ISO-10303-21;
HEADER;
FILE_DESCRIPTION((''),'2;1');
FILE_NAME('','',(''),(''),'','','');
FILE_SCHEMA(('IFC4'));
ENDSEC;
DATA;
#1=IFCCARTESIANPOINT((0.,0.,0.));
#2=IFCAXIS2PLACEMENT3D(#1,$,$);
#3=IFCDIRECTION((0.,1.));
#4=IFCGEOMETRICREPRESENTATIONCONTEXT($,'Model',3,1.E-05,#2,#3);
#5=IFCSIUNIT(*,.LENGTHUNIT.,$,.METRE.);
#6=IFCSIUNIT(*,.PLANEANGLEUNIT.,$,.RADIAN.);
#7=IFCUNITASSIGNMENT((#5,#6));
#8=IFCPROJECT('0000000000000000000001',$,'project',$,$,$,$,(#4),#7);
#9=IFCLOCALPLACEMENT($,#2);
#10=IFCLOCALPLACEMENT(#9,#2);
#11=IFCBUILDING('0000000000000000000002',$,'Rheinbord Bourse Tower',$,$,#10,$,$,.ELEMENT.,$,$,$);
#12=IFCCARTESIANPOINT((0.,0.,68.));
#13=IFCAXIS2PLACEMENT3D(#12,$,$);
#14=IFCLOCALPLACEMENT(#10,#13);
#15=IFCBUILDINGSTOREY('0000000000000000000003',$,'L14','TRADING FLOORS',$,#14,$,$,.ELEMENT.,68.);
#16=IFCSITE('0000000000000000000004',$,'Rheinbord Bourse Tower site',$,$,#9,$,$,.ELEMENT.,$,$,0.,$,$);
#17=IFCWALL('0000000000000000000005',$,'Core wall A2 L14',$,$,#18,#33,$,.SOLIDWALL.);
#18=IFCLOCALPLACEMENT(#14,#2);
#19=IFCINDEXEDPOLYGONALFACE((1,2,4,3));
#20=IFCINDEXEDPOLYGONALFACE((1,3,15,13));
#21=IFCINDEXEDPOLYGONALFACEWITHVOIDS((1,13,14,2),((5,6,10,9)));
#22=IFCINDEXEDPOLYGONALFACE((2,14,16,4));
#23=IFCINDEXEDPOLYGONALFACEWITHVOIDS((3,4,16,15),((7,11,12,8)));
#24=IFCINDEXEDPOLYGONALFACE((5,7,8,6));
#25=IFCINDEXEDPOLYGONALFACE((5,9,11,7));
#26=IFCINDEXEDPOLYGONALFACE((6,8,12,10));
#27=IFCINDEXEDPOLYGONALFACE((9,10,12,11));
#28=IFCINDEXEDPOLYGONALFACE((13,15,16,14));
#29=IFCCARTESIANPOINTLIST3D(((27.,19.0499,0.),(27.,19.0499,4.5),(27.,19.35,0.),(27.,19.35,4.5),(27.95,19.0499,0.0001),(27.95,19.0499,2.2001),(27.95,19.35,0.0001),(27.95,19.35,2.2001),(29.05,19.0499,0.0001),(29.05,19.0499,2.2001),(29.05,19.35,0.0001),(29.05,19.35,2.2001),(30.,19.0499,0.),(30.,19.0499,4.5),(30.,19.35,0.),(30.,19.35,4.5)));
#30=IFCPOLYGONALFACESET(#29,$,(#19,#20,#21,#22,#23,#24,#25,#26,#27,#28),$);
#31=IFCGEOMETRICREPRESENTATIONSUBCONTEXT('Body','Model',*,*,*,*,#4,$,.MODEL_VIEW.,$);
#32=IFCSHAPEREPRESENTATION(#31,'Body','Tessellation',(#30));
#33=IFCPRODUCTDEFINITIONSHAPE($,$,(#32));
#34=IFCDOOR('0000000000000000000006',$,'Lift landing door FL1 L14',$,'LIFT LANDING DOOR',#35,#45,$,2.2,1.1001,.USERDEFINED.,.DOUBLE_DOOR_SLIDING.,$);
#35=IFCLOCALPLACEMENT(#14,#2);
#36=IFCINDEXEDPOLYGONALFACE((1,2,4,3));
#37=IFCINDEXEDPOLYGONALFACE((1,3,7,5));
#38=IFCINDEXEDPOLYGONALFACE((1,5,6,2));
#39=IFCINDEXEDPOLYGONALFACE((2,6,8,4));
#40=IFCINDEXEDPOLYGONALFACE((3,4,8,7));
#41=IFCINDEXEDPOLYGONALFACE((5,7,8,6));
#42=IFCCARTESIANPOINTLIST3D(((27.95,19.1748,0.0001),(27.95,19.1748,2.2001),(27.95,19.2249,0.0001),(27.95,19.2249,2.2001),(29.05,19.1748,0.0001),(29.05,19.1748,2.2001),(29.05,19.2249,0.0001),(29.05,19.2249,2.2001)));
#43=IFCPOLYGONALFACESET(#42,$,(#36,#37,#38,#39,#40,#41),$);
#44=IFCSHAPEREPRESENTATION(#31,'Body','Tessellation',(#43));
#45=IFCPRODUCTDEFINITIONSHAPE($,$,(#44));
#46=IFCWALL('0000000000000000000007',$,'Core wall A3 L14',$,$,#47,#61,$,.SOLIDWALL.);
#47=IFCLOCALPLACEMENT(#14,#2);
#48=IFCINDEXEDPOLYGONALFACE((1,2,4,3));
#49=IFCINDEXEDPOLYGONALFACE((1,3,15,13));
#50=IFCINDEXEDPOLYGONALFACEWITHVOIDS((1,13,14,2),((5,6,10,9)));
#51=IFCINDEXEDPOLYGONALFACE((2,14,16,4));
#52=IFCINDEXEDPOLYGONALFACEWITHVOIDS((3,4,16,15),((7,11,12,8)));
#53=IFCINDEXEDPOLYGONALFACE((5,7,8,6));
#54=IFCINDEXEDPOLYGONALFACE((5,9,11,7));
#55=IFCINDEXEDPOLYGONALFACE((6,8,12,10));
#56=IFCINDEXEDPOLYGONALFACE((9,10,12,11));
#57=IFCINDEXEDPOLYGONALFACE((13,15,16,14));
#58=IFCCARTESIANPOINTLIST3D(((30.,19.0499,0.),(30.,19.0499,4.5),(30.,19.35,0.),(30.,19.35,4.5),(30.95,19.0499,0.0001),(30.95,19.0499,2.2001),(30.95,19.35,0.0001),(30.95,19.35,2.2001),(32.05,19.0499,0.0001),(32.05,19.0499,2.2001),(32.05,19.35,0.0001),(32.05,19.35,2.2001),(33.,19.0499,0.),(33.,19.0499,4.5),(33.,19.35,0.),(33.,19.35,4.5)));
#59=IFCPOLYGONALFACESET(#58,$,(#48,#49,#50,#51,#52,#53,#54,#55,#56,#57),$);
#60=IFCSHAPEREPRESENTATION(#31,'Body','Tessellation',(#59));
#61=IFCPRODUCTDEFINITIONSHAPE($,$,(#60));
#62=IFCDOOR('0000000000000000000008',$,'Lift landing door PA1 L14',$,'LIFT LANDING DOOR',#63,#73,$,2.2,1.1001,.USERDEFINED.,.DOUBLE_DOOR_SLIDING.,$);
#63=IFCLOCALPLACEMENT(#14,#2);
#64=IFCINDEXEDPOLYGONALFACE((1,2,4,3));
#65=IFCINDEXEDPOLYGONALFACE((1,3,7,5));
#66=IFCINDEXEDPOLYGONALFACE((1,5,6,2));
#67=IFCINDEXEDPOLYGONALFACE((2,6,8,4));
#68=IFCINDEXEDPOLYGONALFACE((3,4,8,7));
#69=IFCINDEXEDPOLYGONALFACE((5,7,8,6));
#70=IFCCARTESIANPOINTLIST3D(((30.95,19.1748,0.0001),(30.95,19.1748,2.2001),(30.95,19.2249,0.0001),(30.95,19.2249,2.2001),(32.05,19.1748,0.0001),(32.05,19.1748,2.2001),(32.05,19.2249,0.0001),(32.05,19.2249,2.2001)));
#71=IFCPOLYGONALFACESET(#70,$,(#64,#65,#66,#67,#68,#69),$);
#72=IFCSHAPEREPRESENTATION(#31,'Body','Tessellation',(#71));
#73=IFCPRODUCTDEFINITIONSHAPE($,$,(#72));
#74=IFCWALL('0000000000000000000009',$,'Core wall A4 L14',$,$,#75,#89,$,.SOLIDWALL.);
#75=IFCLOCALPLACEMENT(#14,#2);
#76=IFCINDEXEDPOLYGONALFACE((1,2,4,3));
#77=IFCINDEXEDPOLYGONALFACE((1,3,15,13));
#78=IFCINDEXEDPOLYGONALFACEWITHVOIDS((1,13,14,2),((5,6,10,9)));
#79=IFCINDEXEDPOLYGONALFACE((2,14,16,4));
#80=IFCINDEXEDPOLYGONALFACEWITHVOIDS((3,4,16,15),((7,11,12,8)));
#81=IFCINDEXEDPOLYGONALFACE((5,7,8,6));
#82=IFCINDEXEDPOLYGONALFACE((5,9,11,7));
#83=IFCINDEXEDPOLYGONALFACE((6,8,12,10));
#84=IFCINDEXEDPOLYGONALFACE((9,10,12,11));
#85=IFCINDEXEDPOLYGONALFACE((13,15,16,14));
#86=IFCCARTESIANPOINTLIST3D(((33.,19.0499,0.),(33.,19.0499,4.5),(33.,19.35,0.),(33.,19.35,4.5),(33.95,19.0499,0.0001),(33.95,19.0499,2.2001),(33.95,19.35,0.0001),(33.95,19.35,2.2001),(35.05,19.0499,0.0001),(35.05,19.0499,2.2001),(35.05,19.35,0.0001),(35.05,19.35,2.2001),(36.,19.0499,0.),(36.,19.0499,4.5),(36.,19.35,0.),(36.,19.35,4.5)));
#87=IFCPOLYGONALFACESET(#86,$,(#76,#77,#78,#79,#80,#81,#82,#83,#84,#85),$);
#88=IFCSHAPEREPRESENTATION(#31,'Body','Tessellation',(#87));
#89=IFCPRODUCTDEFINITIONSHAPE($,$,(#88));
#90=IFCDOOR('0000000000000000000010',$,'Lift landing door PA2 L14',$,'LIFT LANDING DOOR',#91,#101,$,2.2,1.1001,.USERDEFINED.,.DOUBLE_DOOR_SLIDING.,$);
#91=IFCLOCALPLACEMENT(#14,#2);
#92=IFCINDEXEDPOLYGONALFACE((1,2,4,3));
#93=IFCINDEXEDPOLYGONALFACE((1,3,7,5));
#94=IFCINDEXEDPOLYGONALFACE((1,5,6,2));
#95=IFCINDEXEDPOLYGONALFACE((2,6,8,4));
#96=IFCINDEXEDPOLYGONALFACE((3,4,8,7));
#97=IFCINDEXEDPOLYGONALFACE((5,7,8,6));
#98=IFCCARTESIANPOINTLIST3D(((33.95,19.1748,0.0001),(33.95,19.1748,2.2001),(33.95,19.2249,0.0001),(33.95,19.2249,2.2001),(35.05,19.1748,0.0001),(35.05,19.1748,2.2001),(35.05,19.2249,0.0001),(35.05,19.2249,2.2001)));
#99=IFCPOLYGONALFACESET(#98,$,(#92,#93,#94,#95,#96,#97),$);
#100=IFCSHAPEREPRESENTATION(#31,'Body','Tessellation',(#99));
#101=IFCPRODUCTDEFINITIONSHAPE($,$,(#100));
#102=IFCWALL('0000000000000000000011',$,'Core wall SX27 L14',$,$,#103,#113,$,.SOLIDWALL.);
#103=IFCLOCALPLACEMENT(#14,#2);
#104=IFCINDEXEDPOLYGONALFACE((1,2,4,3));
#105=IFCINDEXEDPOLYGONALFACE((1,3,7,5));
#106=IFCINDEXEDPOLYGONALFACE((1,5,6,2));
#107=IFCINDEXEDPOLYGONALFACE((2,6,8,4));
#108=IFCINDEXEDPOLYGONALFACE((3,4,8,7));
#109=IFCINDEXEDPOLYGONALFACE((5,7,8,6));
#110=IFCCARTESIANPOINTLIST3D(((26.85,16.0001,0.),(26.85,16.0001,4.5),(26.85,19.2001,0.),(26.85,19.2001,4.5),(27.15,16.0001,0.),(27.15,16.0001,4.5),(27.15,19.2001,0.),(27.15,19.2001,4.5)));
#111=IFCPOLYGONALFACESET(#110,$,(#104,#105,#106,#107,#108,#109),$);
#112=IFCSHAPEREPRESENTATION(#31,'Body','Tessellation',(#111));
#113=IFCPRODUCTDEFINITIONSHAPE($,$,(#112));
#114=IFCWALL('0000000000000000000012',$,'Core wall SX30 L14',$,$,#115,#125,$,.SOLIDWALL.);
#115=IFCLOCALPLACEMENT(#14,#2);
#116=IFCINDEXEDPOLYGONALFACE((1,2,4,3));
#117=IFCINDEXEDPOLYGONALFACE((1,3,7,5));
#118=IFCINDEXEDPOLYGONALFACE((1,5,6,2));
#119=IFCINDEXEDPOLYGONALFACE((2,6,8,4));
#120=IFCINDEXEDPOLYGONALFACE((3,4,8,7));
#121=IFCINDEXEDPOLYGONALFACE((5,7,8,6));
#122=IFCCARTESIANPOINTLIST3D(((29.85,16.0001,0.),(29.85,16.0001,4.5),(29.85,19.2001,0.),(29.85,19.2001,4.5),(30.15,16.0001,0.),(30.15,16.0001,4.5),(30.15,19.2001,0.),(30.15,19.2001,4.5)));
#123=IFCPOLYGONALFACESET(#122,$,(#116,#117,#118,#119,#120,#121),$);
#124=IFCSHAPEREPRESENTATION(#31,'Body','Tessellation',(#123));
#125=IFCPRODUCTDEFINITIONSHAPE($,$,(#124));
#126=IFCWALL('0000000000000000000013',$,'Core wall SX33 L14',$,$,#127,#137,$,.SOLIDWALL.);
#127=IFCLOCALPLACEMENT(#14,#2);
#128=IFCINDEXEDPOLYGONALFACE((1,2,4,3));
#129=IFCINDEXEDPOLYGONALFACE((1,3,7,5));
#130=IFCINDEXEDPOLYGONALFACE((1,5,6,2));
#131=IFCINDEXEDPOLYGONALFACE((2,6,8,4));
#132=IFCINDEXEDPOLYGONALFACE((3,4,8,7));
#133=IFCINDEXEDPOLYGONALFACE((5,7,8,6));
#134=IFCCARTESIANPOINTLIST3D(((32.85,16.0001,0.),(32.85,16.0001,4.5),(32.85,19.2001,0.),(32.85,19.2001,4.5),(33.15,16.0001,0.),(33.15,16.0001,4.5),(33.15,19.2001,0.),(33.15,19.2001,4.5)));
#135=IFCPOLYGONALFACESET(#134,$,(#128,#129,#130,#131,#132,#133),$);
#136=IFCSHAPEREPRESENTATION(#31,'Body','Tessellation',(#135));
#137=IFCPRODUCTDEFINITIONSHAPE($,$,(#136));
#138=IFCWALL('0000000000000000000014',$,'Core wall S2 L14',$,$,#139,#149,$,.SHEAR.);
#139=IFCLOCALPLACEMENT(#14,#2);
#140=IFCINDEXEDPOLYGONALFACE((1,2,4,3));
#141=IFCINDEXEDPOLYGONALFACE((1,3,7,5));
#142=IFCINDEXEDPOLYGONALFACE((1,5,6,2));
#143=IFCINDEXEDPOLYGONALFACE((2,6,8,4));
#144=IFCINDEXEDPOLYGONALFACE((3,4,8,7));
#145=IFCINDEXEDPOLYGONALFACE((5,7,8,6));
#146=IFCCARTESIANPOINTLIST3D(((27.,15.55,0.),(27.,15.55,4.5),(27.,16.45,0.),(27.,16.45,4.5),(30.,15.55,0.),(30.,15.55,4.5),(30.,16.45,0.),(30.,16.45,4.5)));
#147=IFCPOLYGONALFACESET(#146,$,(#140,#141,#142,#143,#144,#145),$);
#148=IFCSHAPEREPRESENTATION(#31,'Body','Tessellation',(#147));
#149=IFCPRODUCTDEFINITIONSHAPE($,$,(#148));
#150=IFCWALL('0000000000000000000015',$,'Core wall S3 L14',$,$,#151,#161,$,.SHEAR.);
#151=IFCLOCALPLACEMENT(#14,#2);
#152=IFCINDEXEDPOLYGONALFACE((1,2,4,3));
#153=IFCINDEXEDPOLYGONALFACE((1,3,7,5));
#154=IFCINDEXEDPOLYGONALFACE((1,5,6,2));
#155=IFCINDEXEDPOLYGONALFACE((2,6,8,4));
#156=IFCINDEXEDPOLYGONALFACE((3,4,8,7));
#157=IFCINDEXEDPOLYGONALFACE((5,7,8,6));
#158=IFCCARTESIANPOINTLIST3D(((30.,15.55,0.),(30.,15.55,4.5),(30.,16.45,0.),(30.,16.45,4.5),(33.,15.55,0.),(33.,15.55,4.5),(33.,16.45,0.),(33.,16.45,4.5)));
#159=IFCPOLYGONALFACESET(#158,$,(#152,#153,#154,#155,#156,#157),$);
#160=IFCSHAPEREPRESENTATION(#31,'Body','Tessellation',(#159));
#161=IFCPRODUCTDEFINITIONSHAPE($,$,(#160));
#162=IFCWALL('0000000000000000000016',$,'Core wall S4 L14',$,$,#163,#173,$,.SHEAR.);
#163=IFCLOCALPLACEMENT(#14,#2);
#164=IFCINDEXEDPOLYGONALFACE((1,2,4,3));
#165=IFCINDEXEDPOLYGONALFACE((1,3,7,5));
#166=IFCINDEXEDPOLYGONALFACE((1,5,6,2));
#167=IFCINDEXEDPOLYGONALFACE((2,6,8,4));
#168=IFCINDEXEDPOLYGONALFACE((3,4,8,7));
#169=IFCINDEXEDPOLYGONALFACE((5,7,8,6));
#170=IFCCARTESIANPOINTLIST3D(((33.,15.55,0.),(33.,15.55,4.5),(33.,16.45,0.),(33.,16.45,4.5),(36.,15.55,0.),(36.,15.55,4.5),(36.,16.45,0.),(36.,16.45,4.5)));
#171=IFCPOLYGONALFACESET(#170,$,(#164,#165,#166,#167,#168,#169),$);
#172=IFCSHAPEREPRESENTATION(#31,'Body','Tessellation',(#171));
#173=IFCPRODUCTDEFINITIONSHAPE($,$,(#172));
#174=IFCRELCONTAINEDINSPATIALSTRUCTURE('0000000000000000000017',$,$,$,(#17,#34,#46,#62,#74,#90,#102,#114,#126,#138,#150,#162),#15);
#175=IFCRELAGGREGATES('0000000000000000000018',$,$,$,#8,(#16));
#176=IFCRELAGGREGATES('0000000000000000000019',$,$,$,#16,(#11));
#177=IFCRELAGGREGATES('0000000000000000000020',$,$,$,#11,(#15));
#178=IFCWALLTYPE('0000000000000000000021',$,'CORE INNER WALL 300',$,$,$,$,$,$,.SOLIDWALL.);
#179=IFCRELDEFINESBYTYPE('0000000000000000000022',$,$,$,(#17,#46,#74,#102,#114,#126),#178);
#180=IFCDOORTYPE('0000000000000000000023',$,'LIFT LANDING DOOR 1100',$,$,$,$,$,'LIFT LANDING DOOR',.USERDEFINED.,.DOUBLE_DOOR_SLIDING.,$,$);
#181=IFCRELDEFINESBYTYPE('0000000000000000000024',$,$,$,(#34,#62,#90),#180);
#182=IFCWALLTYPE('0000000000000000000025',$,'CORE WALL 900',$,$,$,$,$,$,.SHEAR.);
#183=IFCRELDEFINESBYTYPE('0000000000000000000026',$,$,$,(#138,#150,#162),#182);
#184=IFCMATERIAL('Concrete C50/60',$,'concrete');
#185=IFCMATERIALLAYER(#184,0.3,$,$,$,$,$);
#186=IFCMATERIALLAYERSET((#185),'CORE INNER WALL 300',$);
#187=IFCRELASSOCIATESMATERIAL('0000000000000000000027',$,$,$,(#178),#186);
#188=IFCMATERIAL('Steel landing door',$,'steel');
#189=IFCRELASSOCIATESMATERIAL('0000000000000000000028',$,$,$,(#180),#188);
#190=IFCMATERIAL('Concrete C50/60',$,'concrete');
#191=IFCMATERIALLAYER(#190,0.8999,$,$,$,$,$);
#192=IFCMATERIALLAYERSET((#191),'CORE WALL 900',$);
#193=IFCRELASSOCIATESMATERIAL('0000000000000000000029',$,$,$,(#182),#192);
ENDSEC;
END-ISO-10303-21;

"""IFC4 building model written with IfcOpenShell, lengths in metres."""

from ifc_helpers import new_model, si_unit, direction, frame, frame_2d, origin, place, context, subcontext, project, spatial, rectangle, extrude, material, layer, layer_set, type_object, element, fill, save


model = new_model("IFC4")

# Units and contexts
model_context = context("Model", 3, precision=1e-05, world=origin(), true_north=direction((0.0, 1.0)))
body_context = subcontext(model_context, "Body", "Model", "MODEL_VIEW")
ifc_project = project(units=[si_unit("LENGTHUNIT", "METRE"), si_unit("PLANEANGLEUNIT", "RADIAN")], contexts=[model_context])

# Site, building, storey
site_placement = place(None, origin())
site = spatial("IfcSite", under=ifc_project, at=site_placement, Name="Rheinbord Bourse Tower site", CompositionType="ELEMENT", RefElevation=0.0)
building_placement = place(site_placement, origin())
building = spatial("IfcBuilding", under=site, at=building_placement, Name="Rheinbord Bourse Tower", CompositionType="ELEMENT")
storey_placement = place(building_placement, frame((0.0, 0.0, 68.0)))
storey = spatial("IfcBuildingStorey", under=building, at=storey_placement, Name="L14", Description="TRADING FLOORS", CompositionType="ELEMENT", Elevation=68.0)

# Walls, openings, doors
ifc_material_1 = material(Name="Concrete C50/60", Category="concrete")
ifc_layer_1 = layer(ifc_material_1, 0.3)
ifc_layer_set_1 = layer_set([ifc_layer_1], Name="CORE INNER WALL 300")
wall_type_1 = type_object("IfcWallType", Name="CORE INNER WALL 300", PredefinedType="SOLIDWALL", material=ifc_layer_set_1)
wall_1_placement = place(storey_placement, frame((27.0, 19.2, 0.0), z_axis=(0.0, 0.0, 1.0), x_axis=(1.0, 0.0, 0.0)))
wall_1 = element("IfcWall", 1, at=wall_1_placement, inside=storey, type_object=wall_type_1, Name="Core wall A2 L14", PredefinedType="SOLIDWALL", context=body_context, shape_type="SweptSolid", body=[
    extrude(rectangle(XDim=3.0, YDim=0.3, at=frame_2d((1.5, 0.0))), origin(), (0.0, 0.0, 1.0), 4.5),
])
opening_1_placement = place(wall_1_placement, frame((0.95, 0.0, 0.0)))
opening_1 = element("IfcOpeningElement", 2, at=opening_1_placement, cuts=wall_1, PredefinedType="OPENING", context=body_context, shape_type="SweptSolid", body=[
    extrude(rectangle(XDim=1.1001, YDim=2.2, at=frame_2d((0.55, 1.1001))), frame((0.0, 0.1599, 0.0), z_axis=(0.0, -1.0, 0.0), x_axis=(1.0, 0.0, 0.0)), (0.0, 0.0, 1.0), 0.3201),
])
ifc_material_2 = material(Name="Steel landing door", Category="steel")
door_type_1 = type_object("IfcDoorType", Name="LIFT LANDING DOOR 1100", ElementType="LIFT LANDING DOOR", OperationType="DOUBLE_DOOR_SLIDING", PredefinedType="USERDEFINED", material=ifc_material_2)
door_1_placement = place(opening_1_placement, origin())
door_1 = element("IfcDoor", 3, at=door_1_placement, inside=storey, type_object=door_type_1, Name="Lift landing door FL1 L14", ObjectType="LIFT LANDING DOOR", OperationType="DOUBLE_DOOR_SLIDING", OverallHeight=2.2, OverallWidth=1.1001, PredefinedType="USERDEFINED", context=body_context, shape_type="SweptSolid", body=[
    extrude(rectangle(XDim=1.1001, YDim=2.2, at=frame_2d((0.55, 1.1001))), frame((0.0, 0.0249, 0.0), z_axis=(0.0, -1.0, 0.0), x_axis=(1.0, 0.0, 0.0)), (0.0, 0.0, 1.0), 0.05),
])
fill(opening_1, door_1)
wall_2_placement = place(storey_placement, frame((30.0, 19.2, 0.0), z_axis=(0.0, 0.0, 1.0), x_axis=(1.0, 0.0, 0.0)))
wall_2 = element("IfcWall", 4, at=wall_2_placement, inside=storey, type_object=wall_type_1, Name="Core wall A3 L14", PredefinedType="SOLIDWALL", context=body_context, shape_type="SweptSolid", body=[
    extrude(rectangle(XDim=3.0, YDim=0.3, at=frame_2d((1.5, 0.0))), origin(), (0.0, 0.0, 1.0), 4.5),
])
opening_2_placement = place(wall_2_placement, frame((0.95, 0.0, 0.0)))
opening_2 = element("IfcOpeningElement", 5, at=opening_2_placement, cuts=wall_2, PredefinedType="OPENING", context=body_context, shape_type="SweptSolid", body=[
    extrude(rectangle(XDim=1.1001, YDim=2.2, at=frame_2d((0.55, 1.1001))), frame((0.0, 0.1599, 0.0), z_axis=(0.0, -1.0, 0.0), x_axis=(1.0, 0.0, 0.0)), (0.0, 0.0, 1.0), 0.3201),
])
door_2_placement = place(opening_2_placement, origin())
door_2 = element("IfcDoor", 6, at=door_2_placement, inside=storey, type_object=door_type_1, Name="Lift landing door PA1 L14", ObjectType="LIFT LANDING DOOR", OperationType="DOUBLE_DOOR_SLIDING", OverallHeight=2.2, OverallWidth=1.1001, PredefinedType="USERDEFINED", context=body_context, shape_type="SweptSolid", body=[
    extrude(rectangle(XDim=1.1001, YDim=2.2, at=frame_2d((0.55, 1.1001))), frame((0.0, 0.0249, 0.0), z_axis=(0.0, -1.0, 0.0), x_axis=(1.0, 0.0, 0.0)), (0.0, 0.0, 1.0), 0.05),
])
fill(opening_2, door_2)
wall_3_placement = place(storey_placement, frame((33.0, 19.2, 0.0), z_axis=(0.0, 0.0, 1.0), x_axis=(1.0, 0.0, 0.0)))
wall_3 = element("IfcWall", 7, at=wall_3_placement, inside=storey, type_object=wall_type_1, Name="Core wall A4 L14", PredefinedType="SOLIDWALL", context=body_context, shape_type="SweptSolid", body=[
    extrude(rectangle(XDim=3.0, YDim=0.3, at=frame_2d((1.5, 0.0))), origin(), (0.0, 0.0, 1.0), 4.5),
])
opening_3_placement = place(wall_3_placement, frame((0.95, 0.0, 0.0)))
opening_3 = element("IfcOpeningElement", 8, at=opening_3_placement, cuts=wall_3, PredefinedType="OPENING", context=body_context, shape_type="SweptSolid", body=[
    extrude(rectangle(XDim=1.1001, YDim=2.2, at=frame_2d((0.55, 1.1001))), frame((0.0, 0.1599, 0.0), z_axis=(0.0, -1.0, 0.0), x_axis=(1.0, 0.0, 0.0)), (0.0, 0.0, 1.0), 0.3201),
])
door_3_placement = place(opening_3_placement, origin())
door_3 = element("IfcDoor", 9, at=door_3_placement, inside=storey, type_object=door_type_1, Name="Lift landing door PA2 L14", ObjectType="LIFT LANDING DOOR", OperationType="DOUBLE_DOOR_SLIDING", OverallHeight=2.2, OverallWidth=1.1001, PredefinedType="USERDEFINED", context=body_context, shape_type="SweptSolid", body=[
    extrude(rectangle(XDim=1.1001, YDim=2.2, at=frame_2d((0.55, 1.1001))), frame((0.0, 0.0249, 0.0), z_axis=(0.0, -1.0, 0.0), x_axis=(1.0, 0.0, 0.0)), (0.0, 0.0, 1.0), 0.05),
])
fill(opening_3, door_3)

# Walls
for number, where, z_axis, x_axis, name in (
    (10, (27.0, 16.0, 0.0), (0.0, 0.0, 1.0), (0.0, 1.0, 0.0), "Core wall SX27 L14"),
    (11, (30.0, 16.0, 0.0), (0.0, 0.0, 1.0), (0.0, 1.0, 0.0), "Core wall SX30 L14"),
    (12, (33.0, 16.0, 0.0), (0.0, 0.0, 1.0), (0.0, 1.0, 0.0), "Core wall SX33 L14"),
):
    element("IfcWall", number, at=place(storey_placement, frame(where, z_axis=z_axis, x_axis=x_axis)), inside=storey, type_object=wall_type_1, Name=name, PredefinedType="SOLIDWALL", context=body_context, shape_type="SweptSolid", body=[
        extrude(rectangle(XDim=3.2, YDim=0.3, at=frame_2d((1.6001, 0.0))), origin(), (0.0, 0.0, 1.0), 4.5),
    ])
ifc_material_3 = material(Name="Concrete C50/60", Category="concrete")
ifc_layer_2 = layer(ifc_material_3, 0.8999)
ifc_layer_set_2 = layer_set([ifc_layer_2], Name="CORE WALL 900")
wall_type_2 = type_object("IfcWallType", Name="CORE WALL 900", PredefinedType="SHEAR", material=ifc_layer_set_2)
for number, where, z_axis, x_axis, name in (
    (13, (27.0, 16.0, 0.0), (0.0, 0.0, 1.0), (1.0, 0.0, 0.0), "Core wall S2 L14"),
    (14, (30.0, 16.0, 0.0), (0.0, 0.0, 1.0), (1.0, 0.0, 0.0), "Core wall S3 L14"),
    (15, (33.0, 16.0, 0.0), (0.0, 0.0, 1.0), (1.0, 0.0, 0.0), "Core wall S4 L14"),
):
    element("IfcWall", number, at=place(storey_placement, frame(where, z_axis=z_axis, x_axis=x_axis)), inside=storey, type_object=wall_type_2, Name=name, PredefinedType="SHEAR", context=body_context, shape_type="SweptSolid", body=[
        extrude(rectangle(XDim=3.0, YDim=0.8999, at=frame_2d((1.5, 0.0))), origin(), (0.0, 0.0, 1.0), 4.5),
    ])

save(model, "model.ifc")
